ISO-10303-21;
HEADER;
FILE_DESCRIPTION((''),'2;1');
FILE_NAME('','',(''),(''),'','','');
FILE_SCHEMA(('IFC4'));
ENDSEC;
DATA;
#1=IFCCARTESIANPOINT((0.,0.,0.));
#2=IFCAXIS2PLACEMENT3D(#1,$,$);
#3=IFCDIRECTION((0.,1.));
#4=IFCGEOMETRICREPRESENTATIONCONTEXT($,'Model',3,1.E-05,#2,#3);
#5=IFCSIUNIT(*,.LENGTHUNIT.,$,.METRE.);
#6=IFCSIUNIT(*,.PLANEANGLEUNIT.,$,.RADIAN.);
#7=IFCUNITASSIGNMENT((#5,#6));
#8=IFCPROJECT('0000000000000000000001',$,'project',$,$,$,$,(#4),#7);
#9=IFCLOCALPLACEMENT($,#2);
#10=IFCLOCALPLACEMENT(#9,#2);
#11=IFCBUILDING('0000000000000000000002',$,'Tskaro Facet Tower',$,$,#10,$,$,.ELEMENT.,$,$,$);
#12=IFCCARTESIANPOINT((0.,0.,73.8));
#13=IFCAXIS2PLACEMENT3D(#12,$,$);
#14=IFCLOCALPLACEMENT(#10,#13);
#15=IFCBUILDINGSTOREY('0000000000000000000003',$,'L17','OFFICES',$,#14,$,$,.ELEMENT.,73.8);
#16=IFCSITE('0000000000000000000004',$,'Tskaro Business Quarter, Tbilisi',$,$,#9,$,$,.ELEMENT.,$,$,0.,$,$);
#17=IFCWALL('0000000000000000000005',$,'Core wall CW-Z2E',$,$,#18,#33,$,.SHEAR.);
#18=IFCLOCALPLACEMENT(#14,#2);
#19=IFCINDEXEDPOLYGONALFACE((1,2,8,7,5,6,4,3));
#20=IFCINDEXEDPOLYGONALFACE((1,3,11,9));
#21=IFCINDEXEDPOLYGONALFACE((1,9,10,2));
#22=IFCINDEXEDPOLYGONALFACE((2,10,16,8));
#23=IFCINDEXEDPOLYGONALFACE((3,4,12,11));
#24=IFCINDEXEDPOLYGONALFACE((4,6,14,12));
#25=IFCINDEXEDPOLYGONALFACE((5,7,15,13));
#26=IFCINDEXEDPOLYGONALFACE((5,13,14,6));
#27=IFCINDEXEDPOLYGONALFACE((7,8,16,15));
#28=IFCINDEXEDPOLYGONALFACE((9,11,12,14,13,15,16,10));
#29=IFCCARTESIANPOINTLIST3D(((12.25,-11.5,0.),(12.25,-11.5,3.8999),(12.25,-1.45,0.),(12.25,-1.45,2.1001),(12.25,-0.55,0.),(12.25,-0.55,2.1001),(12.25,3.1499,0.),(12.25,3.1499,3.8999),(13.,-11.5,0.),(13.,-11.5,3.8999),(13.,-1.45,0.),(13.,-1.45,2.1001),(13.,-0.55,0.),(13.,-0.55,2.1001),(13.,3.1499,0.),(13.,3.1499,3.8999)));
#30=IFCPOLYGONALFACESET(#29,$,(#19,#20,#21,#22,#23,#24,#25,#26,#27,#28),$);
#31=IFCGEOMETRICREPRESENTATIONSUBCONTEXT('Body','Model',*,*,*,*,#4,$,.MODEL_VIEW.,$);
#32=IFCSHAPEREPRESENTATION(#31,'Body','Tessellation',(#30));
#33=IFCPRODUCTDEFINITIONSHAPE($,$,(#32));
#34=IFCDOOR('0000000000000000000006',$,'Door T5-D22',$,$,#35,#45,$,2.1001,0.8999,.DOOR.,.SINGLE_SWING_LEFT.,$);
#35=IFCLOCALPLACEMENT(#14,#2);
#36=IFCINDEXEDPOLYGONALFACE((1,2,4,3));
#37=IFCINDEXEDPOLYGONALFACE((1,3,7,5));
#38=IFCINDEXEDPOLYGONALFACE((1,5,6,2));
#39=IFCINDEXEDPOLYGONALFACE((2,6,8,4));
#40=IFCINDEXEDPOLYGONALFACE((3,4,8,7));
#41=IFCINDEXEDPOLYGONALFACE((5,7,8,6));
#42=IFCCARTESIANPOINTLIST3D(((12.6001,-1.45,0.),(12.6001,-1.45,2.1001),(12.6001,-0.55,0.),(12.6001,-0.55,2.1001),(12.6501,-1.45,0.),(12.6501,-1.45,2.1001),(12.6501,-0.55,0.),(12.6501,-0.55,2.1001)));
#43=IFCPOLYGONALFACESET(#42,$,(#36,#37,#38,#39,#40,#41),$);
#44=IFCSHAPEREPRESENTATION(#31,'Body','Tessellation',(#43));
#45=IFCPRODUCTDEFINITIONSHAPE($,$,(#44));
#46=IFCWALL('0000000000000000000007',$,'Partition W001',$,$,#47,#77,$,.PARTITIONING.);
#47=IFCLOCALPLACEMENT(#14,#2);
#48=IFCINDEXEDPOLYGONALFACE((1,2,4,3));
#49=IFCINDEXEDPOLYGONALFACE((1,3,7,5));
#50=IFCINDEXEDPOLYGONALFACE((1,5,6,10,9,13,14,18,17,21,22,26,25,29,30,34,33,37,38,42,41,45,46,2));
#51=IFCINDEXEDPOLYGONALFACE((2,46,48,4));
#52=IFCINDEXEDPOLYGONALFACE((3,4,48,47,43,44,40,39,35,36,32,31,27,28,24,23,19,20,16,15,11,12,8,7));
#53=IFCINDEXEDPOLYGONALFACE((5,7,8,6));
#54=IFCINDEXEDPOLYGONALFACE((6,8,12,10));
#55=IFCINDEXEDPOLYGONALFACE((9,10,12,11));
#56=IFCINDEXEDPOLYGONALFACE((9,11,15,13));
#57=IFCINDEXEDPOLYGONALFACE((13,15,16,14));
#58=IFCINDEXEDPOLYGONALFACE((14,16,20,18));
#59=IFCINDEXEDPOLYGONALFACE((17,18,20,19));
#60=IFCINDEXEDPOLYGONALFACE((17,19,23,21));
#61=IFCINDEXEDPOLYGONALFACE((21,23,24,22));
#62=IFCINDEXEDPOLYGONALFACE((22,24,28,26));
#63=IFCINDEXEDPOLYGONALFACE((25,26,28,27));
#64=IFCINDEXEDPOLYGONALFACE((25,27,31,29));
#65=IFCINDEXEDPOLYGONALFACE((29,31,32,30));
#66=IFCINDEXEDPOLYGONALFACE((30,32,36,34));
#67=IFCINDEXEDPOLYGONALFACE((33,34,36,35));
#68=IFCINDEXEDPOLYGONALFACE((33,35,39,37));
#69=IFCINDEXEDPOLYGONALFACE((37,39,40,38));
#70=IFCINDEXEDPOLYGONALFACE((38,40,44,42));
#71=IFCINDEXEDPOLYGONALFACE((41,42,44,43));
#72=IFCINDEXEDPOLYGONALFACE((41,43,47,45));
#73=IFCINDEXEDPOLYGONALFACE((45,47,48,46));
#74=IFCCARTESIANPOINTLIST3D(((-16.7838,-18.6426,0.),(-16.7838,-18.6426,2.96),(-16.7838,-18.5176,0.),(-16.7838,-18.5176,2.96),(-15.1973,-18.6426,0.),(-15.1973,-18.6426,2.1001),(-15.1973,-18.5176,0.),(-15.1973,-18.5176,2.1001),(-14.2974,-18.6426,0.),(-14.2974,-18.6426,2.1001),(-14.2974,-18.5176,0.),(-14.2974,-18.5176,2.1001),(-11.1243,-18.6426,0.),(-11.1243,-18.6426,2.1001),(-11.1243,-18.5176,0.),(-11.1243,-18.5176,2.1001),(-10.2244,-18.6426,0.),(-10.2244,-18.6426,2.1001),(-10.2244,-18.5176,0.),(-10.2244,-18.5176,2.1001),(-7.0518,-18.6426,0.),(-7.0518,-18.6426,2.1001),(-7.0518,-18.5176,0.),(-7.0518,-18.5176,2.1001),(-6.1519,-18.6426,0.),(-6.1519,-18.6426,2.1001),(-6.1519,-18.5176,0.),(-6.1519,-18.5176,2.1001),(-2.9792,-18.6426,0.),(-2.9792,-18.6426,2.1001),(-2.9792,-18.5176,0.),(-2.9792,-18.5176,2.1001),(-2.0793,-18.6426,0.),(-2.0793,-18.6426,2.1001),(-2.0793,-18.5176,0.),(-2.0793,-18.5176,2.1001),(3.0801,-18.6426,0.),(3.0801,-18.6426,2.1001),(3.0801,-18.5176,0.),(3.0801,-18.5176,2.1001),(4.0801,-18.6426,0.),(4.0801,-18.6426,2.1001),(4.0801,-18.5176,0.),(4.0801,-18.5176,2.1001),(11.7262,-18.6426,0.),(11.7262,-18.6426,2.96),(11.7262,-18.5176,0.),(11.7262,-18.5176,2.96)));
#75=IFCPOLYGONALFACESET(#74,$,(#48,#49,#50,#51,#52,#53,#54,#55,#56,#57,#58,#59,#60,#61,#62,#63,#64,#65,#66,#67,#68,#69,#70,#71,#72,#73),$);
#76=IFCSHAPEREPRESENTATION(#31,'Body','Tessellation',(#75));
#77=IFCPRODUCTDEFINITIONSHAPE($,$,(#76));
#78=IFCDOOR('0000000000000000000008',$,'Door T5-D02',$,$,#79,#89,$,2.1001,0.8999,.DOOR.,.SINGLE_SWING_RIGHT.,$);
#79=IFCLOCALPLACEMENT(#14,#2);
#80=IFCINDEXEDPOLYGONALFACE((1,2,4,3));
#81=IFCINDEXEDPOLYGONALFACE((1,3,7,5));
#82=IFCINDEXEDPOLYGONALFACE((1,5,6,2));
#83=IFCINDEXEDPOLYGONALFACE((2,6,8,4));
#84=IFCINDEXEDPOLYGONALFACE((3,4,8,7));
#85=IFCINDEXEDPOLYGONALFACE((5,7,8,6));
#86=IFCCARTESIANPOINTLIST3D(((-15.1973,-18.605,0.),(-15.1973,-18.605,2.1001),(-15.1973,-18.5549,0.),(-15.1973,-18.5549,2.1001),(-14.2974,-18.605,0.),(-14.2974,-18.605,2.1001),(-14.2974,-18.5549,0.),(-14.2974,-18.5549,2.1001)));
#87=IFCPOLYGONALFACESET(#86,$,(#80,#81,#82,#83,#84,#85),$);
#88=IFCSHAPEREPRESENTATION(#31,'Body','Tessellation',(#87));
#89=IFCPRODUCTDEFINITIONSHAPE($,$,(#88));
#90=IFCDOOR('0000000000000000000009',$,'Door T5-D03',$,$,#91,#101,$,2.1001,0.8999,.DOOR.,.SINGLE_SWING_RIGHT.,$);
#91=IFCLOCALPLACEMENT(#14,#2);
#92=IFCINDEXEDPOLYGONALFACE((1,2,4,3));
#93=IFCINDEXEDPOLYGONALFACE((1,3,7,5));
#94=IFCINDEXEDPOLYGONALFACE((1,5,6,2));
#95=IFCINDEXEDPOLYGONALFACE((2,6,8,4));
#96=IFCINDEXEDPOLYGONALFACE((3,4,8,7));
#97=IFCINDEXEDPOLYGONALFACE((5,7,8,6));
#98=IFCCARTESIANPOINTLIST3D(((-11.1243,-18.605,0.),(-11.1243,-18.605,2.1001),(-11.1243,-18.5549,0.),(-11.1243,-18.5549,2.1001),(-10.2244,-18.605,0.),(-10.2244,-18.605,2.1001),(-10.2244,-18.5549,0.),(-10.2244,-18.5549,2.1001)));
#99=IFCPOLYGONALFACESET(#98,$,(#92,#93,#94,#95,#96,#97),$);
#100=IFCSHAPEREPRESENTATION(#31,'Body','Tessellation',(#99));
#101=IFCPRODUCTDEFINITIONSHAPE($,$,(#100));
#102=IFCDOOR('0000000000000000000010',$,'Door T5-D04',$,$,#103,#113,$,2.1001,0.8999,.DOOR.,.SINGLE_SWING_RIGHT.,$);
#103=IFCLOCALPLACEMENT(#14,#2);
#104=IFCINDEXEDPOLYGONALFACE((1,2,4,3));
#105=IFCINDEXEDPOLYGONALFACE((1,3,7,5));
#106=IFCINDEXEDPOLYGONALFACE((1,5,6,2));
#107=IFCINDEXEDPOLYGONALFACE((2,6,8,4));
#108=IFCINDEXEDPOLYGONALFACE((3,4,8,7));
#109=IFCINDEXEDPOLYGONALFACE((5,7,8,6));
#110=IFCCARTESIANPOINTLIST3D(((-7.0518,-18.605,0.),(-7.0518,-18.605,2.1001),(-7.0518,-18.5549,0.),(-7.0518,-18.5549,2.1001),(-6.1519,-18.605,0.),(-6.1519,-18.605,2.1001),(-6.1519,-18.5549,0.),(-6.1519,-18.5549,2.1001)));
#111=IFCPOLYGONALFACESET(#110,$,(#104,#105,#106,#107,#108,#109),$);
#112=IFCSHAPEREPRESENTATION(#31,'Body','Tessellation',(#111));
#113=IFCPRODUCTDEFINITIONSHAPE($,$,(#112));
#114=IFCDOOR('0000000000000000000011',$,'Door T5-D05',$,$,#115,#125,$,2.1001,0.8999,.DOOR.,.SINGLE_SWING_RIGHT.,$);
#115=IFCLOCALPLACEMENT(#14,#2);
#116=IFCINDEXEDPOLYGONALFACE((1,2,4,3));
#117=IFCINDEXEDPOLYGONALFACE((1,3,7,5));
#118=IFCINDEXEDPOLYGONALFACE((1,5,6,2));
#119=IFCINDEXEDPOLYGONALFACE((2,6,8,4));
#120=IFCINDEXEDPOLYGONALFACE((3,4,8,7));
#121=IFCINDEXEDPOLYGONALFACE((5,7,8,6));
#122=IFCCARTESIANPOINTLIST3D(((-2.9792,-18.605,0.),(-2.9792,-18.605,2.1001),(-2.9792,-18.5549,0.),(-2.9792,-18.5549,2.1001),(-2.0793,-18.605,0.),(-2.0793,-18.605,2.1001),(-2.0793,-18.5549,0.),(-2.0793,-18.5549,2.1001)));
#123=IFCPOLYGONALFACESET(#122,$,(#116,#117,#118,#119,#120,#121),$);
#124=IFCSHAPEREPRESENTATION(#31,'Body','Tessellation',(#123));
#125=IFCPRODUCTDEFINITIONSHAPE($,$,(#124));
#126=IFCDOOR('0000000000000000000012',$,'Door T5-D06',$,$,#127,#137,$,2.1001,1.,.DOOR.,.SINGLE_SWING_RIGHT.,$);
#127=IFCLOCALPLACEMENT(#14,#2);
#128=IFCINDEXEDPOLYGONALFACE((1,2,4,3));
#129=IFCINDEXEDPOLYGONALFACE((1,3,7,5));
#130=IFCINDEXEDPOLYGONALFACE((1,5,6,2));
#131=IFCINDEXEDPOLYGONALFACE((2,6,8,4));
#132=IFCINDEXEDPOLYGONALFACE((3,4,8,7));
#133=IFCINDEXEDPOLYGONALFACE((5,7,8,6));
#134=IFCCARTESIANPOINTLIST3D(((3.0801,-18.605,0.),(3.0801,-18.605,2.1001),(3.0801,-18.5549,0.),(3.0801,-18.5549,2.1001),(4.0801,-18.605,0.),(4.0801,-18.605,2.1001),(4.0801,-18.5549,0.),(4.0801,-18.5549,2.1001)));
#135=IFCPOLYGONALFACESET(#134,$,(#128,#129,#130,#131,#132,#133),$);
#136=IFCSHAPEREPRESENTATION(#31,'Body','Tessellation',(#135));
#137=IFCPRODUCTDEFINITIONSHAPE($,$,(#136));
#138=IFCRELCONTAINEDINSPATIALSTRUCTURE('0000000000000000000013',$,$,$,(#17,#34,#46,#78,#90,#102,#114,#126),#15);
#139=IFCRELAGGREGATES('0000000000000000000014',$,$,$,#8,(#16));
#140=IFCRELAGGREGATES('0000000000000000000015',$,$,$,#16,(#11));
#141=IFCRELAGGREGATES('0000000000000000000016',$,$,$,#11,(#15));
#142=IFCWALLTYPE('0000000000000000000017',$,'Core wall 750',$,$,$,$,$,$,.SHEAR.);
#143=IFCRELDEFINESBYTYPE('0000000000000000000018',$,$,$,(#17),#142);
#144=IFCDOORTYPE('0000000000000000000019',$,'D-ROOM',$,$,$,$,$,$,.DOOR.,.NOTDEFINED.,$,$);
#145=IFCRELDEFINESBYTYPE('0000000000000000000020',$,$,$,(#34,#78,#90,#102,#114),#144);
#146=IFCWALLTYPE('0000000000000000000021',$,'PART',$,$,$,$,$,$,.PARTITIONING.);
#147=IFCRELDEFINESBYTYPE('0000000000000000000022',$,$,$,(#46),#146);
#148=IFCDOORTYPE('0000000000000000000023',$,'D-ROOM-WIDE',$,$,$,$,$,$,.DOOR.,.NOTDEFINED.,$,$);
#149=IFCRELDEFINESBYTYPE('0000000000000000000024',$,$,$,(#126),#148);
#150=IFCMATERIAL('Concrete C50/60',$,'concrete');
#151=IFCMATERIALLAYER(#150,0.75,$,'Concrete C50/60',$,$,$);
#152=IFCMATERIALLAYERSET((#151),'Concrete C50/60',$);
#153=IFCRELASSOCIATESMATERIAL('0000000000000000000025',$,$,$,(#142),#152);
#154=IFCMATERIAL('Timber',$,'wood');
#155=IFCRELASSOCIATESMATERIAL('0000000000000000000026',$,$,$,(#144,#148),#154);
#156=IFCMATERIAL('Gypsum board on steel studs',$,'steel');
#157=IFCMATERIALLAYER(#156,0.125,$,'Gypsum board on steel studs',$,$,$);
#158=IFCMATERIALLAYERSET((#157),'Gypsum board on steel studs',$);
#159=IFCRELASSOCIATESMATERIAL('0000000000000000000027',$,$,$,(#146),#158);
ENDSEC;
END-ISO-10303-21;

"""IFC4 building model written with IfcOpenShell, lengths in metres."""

from ifc_helpers import new_model, si_unit, direction, frame, frame_2d, origin, place, context, subcontext, project, spatial, rectangle, extrude, material, layer, layer_set, type_object, element, fill, save


model = new_model("IFC4")

# Units and contexts
model_context = context("Model", 3, precision=1e-05, world=origin(), true_north=direction((0.0, 1.0)))
body_context = subcontext(model_context, "Body", "Model", "MODEL_VIEW")
ifc_project = project(units=[si_unit("LENGTHUNIT", "METRE"), si_unit("PLANEANGLEUNIT", "RADIAN")], contexts=[model_context])

# Site, building, storey
site_placement = place(None, origin())
site = spatial("IfcSite", under=ifc_project, at=site_placement, Name="Tskaro Business Quarter, Tbilisi", CompositionType="ELEMENT", RefElevation=0.0)
building_placement = place(site_placement, origin())
building = spatial("IfcBuilding", under=site, at=building_placement, Name="Tskaro Facet Tower", CompositionType="ELEMENT")
storey_placement = place(building_placement, frame((0.0, 0.0, 73.8)))
storey = spatial("IfcBuildingStorey", under=building, at=storey_placement, Name="L17", Description="OFFICES", CompositionType="ELEMENT", Elevation=73.8)

# Wall, opening, door
ifc_material_1 = material(Name="Concrete C50/60", Category="concrete")
ifc_layer_1 = layer(ifc_material_1, 0.75, Name="Concrete C50/60")
ifc_layer_set_1 = layer_set([ifc_layer_1], Name="Concrete C50/60")
wall_type_1 = type_object("IfcWallType", Name="Core wall 750", PredefinedType="SHEAR", material=ifc_layer_set_1)
wall_1_placement = place(storey_placement, frame((12.625, -11.5, 0.0), z_axis=(0.0, 0.0, 1.0), x_axis=(0.0, 1.0, 0.0)))
wall_1 = element("IfcWall", 1, at=wall_1_placement, inside=storey, type_object=wall_type_1, Name="Core wall CW-Z2E", PredefinedType="SHEAR", context=body_context, shape_type="SweptSolid", body=[
    extrude(rectangle(XDim=14.6499, YDim=0.75, at=frame_2d((7.325, 0.0))), origin(), (0.0, 0.0, 1.0), 3.8999),
])
opening_1_placement = place(wall_1_placement, frame((10.05, 0.0, 0.0)))
opening_1 = element("IfcOpeningElement", 2, at=opening_1_placement, cuts=wall_1, PredefinedType="OPENING", context=body_context, shape_type="SweptSolid", body=[
    extrude(rectangle(XDim=0.8999, YDim=2.1001, at=frame_2d((0.45, 1.05))), frame((0.0, 0.385, 0.0), z_axis=(0.0, -1.0, 0.0), x_axis=(1.0, 0.0, 0.0)), (0.0, 0.0, 1.0), 0.77),
])
ifc_material_2 = material(Name="Timber", Category="wood")
door_type_1 = type_object("IfcDoorType", Name="D-ROOM", OperationType="NOTDEFINED", PredefinedType="DOOR", material=ifc_material_2)
door_1_placement = place(opening_1_placement, origin())
door_1 = element("IfcDoor", 3, at=door_1_placement, inside=storey, type_object=door_type_1, Name="Door T5-D22", OperationType="SINGLE_SWING_LEFT", OverallHeight=2.1001, OverallWidth=0.8999, PredefinedType="DOOR", context=body_context, shape_type="SweptSolid", body=[
    extrude(rectangle(XDim=0.8999, YDim=2.1001, at=frame_2d((0.45, 1.05))), frame((0.0, 0.0249, 0.0), z_axis=(0.0, -1.0, 0.0), x_axis=(1.0, 0.0, 0.0)), (0.0, 0.0, 1.0), 0.05),
])
fill(opening_1, door_1)

# Wall, openings, doors
ifc_material_3 = material(Name="Gypsum board on steel studs", Category="steel")
ifc_layer_2 = layer(ifc_material_3, 0.125, Name="Gypsum board on steel studs")
ifc_layer_set_2 = layer_set([ifc_layer_2], Name="Gypsum board on steel studs")
wall_type_2 = type_object("IfcWallType", Name="PART", PredefinedType="PARTITIONING", material=ifc_layer_set_2)
wall_2_placement = place(storey_placement, frame((11.7261, -18.5801, 0.0), z_axis=(0.0, 0.0, 1.0), x_axis=(-1.0, 0.0, 0.0)))
wall_2 = element("IfcWall", 4, at=wall_2_placement, inside=storey, type_object=wall_type_2, Name="Partition W001", PredefinedType="PARTITIONING", context=body_context, shape_type="SweptSolid", body=[
    extrude(rectangle(XDim=28.51, YDim=0.125, at=frame_2d((14.2549, 0.0))), origin(), (0.0, 0.0, 1.0), 2.96),
])
opening_2_placement = place(wall_2_placement, frame((7.646, 0.0, 0.0)))
opening_2 = element("IfcOpeningElement", 5, at=opening_2_placement, cuts=wall_2, PredefinedType="OPENING", context=body_context, shape_type="SweptSolid", body=[
    extrude(rectangle(XDim=1.0, YDim=2.1001, at=frame_2d((0.5, 1.05))), frame((0.0, 0.0725, 0.0), z_axis=(0.0, -1.0, 0.0), x_axis=(1.0, 0.0, 0.0)), (0.0, 0.0, 1.0), 0.145),
])
opening_3_placement = place(wall_2_placement, frame((26.0234, 0.0, 0.0)))
opening_3 = element("IfcOpeningElement", 6, at=opening_3_placement, cuts=wall_2, PredefinedType="OPENING", context=body_context, shape_type="SweptSolid", body=[
    extrude(rectangle(XDim=0.8999, YDim=2.1001, at=frame_2d((0.45, 1.05))), frame((0.0, 0.0725, 0.0), z_axis=(0.0, -1.0, 0.0), x_axis=(1.0, 0.0, 0.0)), (0.0, 0.0, 1.0), 0.145),
])
opening_4_placement = place(wall_2_placement, frame((21.9504, 0.0, 0.0)))
opening_4 = element("IfcOpeningElement", 7, at=opening_4_placement, cuts=wall_2, PredefinedType="OPENING", context=body_context, shape_type="SweptSolid", body=[
    extrude(rectangle(XDim=0.8999, YDim=2.1001, at=frame_2d((0.45, 1.05))), frame((0.0, 0.0725, 0.0), z_axis=(0.0, -1.0, 0.0), x_axis=(1.0, 0.0, 0.0)), (0.0, 0.0, 1.0), 0.145),
])
opening_5_placement = place(wall_2_placement, frame((17.8779, 0.0, 0.0)))
opening_5 = element("IfcOpeningElement", 8, at=opening_5_placement, cuts=wall_2, PredefinedType="OPENING", context=body_context, shape_type="SweptSolid", body=[
    extrude(rectangle(XDim=0.8999, YDim=2.1001, at=frame_2d((0.45, 1.05))), frame((0.0, 0.0725, 0.0), z_axis=(0.0, -1.0, 0.0), x_axis=(1.0, 0.0, 0.0)), (0.0, 0.0, 1.0), 0.145),
])
opening_6_placement = place(wall_2_placement, frame((13.8054, 0.0, 0.0)))
opening_6 = element("IfcOpeningElement", 9, at=opening_6_placement, cuts=wall_2, PredefinedType="OPENING", context=body_context, shape_type="SweptSolid", body=[
    extrude(rectangle(XDim=0.8999, YDim=2.1001, at=frame_2d((0.45, 1.05))), frame((0.0, 0.0725, 0.0), z_axis=(0.0, -1.0, 0.0), x_axis=(1.0, 0.0, 0.0)), (0.0, 0.0, 1.0), 0.145),
])
door_2_placement = place(opening_3_placement, origin())
door_2 = element("IfcDoor", 10, at=door_2_placement, inside=storey, type_object=door_type_1, Name="Door T5-D02", OperationType="SINGLE_SWING_RIGHT", OverallHeight=2.1001, OverallWidth=0.8999, PredefinedType="DOOR", context=body_context, shape_type="SweptSolid", body=[
    extrude(rectangle(XDim=0.8999, YDim=2.1001, at=frame_2d((0.45, 1.05))), frame((0.0, 0.0249, 0.0), z_axis=(0.0, -1.0, 0.0), x_axis=(1.0, 0.0, 0.0)), (0.0, 0.0, 1.0), 0.05),
])
fill(opening_3, door_2)
door_3_placement = place(opening_4_placement, origin())
door_3 = element("IfcDoor", 11, at=door_3_placement, inside=storey, type_object=door_type_1, Name="Door T5-D03", OperationType="SINGLE_SWING_RIGHT", OverallHeight=2.1001, OverallWidth=0.8999, PredefinedType="DOOR", context=body_context, shape_type="SweptSolid", body=[
    extrude(rectangle(XDim=0.8999, YDim=2.1001, at=frame_2d((0.45, 1.05))), frame((0.0, 0.0249, 0.0), z_axis=(0.0, -1.0, 0.0), x_axis=(1.0, 0.0, 0.0)), (0.0, 0.0, 1.0), 0.05),
])
fill(opening_4, door_3)
door_4_placement = place(opening_5_placement, origin())
door_4 = element("IfcDoor", 12, at=door_4_placement, inside=storey, type_object=door_type_1, Name="Door T5-D04", OperationType="SINGLE_SWING_RIGHT", OverallHeight=2.1001, OverallWidth=0.8999, PredefinedType="DOOR", context=body_context, shape_type="SweptSolid", body=[
    extrude(rectangle(XDim=0.8999, YDim=2.1001, at=frame_2d((0.45, 1.05))), frame((0.0, 0.0249, 0.0), z_axis=(0.0, -1.0, 0.0), x_axis=(1.0, 0.0, 0.0)), (0.0, 0.0, 1.0), 0.05),
])
fill(opening_5, door_4)
door_5_placement = place(opening_6_placement, origin())
door_5 = element("IfcDoor", 13, at=door_5_placement, inside=storey, type_object=door_type_1, Name="Door T5-D05", OperationType="SINGLE_SWING_RIGHT", OverallHeight=2.1001, OverallWidth=0.8999, PredefinedType="DOOR", context=body_context, shape_type="SweptSolid", body=[
    extrude(rectangle(XDim=0.8999, YDim=2.1001, at=frame_2d((0.45, 1.05))), frame((0.0, 0.0249, 0.0), z_axis=(0.0, -1.0, 0.0), x_axis=(1.0, 0.0, 0.0)), (0.0, 0.0, 1.0), 0.05),
])
fill(opening_6, door_5)
door_type_2 = type_object("IfcDoorType", Name="D-ROOM-WIDE", OperationType="NOTDEFINED", PredefinedType="DOOR", material=ifc_material_2)
door_6_placement = place(opening_2_placement, origin())
door_6 = element("IfcDoor", 14, at=door_6_placement, inside=storey, type_object=door_type_2, Name="Door T5-D06", OperationType="SINGLE_SWING_RIGHT", OverallHeight=2.1001, OverallWidth=1.0, PredefinedType="DOOR", context=body_context, shape_type="SweptSolid", body=[
    extrude(rectangle(XDim=1.0, YDim=2.1001, at=frame_2d((0.5, 1.05))), frame((0.0, 0.0249, 0.0), z_axis=(0.0, -1.0, 0.0), x_axis=(1.0, 0.0, 0.0)), (0.0, 0.0, 1.0), 0.05),
])
fill(opening_2, door_6)

save(model, "model.ifc")
